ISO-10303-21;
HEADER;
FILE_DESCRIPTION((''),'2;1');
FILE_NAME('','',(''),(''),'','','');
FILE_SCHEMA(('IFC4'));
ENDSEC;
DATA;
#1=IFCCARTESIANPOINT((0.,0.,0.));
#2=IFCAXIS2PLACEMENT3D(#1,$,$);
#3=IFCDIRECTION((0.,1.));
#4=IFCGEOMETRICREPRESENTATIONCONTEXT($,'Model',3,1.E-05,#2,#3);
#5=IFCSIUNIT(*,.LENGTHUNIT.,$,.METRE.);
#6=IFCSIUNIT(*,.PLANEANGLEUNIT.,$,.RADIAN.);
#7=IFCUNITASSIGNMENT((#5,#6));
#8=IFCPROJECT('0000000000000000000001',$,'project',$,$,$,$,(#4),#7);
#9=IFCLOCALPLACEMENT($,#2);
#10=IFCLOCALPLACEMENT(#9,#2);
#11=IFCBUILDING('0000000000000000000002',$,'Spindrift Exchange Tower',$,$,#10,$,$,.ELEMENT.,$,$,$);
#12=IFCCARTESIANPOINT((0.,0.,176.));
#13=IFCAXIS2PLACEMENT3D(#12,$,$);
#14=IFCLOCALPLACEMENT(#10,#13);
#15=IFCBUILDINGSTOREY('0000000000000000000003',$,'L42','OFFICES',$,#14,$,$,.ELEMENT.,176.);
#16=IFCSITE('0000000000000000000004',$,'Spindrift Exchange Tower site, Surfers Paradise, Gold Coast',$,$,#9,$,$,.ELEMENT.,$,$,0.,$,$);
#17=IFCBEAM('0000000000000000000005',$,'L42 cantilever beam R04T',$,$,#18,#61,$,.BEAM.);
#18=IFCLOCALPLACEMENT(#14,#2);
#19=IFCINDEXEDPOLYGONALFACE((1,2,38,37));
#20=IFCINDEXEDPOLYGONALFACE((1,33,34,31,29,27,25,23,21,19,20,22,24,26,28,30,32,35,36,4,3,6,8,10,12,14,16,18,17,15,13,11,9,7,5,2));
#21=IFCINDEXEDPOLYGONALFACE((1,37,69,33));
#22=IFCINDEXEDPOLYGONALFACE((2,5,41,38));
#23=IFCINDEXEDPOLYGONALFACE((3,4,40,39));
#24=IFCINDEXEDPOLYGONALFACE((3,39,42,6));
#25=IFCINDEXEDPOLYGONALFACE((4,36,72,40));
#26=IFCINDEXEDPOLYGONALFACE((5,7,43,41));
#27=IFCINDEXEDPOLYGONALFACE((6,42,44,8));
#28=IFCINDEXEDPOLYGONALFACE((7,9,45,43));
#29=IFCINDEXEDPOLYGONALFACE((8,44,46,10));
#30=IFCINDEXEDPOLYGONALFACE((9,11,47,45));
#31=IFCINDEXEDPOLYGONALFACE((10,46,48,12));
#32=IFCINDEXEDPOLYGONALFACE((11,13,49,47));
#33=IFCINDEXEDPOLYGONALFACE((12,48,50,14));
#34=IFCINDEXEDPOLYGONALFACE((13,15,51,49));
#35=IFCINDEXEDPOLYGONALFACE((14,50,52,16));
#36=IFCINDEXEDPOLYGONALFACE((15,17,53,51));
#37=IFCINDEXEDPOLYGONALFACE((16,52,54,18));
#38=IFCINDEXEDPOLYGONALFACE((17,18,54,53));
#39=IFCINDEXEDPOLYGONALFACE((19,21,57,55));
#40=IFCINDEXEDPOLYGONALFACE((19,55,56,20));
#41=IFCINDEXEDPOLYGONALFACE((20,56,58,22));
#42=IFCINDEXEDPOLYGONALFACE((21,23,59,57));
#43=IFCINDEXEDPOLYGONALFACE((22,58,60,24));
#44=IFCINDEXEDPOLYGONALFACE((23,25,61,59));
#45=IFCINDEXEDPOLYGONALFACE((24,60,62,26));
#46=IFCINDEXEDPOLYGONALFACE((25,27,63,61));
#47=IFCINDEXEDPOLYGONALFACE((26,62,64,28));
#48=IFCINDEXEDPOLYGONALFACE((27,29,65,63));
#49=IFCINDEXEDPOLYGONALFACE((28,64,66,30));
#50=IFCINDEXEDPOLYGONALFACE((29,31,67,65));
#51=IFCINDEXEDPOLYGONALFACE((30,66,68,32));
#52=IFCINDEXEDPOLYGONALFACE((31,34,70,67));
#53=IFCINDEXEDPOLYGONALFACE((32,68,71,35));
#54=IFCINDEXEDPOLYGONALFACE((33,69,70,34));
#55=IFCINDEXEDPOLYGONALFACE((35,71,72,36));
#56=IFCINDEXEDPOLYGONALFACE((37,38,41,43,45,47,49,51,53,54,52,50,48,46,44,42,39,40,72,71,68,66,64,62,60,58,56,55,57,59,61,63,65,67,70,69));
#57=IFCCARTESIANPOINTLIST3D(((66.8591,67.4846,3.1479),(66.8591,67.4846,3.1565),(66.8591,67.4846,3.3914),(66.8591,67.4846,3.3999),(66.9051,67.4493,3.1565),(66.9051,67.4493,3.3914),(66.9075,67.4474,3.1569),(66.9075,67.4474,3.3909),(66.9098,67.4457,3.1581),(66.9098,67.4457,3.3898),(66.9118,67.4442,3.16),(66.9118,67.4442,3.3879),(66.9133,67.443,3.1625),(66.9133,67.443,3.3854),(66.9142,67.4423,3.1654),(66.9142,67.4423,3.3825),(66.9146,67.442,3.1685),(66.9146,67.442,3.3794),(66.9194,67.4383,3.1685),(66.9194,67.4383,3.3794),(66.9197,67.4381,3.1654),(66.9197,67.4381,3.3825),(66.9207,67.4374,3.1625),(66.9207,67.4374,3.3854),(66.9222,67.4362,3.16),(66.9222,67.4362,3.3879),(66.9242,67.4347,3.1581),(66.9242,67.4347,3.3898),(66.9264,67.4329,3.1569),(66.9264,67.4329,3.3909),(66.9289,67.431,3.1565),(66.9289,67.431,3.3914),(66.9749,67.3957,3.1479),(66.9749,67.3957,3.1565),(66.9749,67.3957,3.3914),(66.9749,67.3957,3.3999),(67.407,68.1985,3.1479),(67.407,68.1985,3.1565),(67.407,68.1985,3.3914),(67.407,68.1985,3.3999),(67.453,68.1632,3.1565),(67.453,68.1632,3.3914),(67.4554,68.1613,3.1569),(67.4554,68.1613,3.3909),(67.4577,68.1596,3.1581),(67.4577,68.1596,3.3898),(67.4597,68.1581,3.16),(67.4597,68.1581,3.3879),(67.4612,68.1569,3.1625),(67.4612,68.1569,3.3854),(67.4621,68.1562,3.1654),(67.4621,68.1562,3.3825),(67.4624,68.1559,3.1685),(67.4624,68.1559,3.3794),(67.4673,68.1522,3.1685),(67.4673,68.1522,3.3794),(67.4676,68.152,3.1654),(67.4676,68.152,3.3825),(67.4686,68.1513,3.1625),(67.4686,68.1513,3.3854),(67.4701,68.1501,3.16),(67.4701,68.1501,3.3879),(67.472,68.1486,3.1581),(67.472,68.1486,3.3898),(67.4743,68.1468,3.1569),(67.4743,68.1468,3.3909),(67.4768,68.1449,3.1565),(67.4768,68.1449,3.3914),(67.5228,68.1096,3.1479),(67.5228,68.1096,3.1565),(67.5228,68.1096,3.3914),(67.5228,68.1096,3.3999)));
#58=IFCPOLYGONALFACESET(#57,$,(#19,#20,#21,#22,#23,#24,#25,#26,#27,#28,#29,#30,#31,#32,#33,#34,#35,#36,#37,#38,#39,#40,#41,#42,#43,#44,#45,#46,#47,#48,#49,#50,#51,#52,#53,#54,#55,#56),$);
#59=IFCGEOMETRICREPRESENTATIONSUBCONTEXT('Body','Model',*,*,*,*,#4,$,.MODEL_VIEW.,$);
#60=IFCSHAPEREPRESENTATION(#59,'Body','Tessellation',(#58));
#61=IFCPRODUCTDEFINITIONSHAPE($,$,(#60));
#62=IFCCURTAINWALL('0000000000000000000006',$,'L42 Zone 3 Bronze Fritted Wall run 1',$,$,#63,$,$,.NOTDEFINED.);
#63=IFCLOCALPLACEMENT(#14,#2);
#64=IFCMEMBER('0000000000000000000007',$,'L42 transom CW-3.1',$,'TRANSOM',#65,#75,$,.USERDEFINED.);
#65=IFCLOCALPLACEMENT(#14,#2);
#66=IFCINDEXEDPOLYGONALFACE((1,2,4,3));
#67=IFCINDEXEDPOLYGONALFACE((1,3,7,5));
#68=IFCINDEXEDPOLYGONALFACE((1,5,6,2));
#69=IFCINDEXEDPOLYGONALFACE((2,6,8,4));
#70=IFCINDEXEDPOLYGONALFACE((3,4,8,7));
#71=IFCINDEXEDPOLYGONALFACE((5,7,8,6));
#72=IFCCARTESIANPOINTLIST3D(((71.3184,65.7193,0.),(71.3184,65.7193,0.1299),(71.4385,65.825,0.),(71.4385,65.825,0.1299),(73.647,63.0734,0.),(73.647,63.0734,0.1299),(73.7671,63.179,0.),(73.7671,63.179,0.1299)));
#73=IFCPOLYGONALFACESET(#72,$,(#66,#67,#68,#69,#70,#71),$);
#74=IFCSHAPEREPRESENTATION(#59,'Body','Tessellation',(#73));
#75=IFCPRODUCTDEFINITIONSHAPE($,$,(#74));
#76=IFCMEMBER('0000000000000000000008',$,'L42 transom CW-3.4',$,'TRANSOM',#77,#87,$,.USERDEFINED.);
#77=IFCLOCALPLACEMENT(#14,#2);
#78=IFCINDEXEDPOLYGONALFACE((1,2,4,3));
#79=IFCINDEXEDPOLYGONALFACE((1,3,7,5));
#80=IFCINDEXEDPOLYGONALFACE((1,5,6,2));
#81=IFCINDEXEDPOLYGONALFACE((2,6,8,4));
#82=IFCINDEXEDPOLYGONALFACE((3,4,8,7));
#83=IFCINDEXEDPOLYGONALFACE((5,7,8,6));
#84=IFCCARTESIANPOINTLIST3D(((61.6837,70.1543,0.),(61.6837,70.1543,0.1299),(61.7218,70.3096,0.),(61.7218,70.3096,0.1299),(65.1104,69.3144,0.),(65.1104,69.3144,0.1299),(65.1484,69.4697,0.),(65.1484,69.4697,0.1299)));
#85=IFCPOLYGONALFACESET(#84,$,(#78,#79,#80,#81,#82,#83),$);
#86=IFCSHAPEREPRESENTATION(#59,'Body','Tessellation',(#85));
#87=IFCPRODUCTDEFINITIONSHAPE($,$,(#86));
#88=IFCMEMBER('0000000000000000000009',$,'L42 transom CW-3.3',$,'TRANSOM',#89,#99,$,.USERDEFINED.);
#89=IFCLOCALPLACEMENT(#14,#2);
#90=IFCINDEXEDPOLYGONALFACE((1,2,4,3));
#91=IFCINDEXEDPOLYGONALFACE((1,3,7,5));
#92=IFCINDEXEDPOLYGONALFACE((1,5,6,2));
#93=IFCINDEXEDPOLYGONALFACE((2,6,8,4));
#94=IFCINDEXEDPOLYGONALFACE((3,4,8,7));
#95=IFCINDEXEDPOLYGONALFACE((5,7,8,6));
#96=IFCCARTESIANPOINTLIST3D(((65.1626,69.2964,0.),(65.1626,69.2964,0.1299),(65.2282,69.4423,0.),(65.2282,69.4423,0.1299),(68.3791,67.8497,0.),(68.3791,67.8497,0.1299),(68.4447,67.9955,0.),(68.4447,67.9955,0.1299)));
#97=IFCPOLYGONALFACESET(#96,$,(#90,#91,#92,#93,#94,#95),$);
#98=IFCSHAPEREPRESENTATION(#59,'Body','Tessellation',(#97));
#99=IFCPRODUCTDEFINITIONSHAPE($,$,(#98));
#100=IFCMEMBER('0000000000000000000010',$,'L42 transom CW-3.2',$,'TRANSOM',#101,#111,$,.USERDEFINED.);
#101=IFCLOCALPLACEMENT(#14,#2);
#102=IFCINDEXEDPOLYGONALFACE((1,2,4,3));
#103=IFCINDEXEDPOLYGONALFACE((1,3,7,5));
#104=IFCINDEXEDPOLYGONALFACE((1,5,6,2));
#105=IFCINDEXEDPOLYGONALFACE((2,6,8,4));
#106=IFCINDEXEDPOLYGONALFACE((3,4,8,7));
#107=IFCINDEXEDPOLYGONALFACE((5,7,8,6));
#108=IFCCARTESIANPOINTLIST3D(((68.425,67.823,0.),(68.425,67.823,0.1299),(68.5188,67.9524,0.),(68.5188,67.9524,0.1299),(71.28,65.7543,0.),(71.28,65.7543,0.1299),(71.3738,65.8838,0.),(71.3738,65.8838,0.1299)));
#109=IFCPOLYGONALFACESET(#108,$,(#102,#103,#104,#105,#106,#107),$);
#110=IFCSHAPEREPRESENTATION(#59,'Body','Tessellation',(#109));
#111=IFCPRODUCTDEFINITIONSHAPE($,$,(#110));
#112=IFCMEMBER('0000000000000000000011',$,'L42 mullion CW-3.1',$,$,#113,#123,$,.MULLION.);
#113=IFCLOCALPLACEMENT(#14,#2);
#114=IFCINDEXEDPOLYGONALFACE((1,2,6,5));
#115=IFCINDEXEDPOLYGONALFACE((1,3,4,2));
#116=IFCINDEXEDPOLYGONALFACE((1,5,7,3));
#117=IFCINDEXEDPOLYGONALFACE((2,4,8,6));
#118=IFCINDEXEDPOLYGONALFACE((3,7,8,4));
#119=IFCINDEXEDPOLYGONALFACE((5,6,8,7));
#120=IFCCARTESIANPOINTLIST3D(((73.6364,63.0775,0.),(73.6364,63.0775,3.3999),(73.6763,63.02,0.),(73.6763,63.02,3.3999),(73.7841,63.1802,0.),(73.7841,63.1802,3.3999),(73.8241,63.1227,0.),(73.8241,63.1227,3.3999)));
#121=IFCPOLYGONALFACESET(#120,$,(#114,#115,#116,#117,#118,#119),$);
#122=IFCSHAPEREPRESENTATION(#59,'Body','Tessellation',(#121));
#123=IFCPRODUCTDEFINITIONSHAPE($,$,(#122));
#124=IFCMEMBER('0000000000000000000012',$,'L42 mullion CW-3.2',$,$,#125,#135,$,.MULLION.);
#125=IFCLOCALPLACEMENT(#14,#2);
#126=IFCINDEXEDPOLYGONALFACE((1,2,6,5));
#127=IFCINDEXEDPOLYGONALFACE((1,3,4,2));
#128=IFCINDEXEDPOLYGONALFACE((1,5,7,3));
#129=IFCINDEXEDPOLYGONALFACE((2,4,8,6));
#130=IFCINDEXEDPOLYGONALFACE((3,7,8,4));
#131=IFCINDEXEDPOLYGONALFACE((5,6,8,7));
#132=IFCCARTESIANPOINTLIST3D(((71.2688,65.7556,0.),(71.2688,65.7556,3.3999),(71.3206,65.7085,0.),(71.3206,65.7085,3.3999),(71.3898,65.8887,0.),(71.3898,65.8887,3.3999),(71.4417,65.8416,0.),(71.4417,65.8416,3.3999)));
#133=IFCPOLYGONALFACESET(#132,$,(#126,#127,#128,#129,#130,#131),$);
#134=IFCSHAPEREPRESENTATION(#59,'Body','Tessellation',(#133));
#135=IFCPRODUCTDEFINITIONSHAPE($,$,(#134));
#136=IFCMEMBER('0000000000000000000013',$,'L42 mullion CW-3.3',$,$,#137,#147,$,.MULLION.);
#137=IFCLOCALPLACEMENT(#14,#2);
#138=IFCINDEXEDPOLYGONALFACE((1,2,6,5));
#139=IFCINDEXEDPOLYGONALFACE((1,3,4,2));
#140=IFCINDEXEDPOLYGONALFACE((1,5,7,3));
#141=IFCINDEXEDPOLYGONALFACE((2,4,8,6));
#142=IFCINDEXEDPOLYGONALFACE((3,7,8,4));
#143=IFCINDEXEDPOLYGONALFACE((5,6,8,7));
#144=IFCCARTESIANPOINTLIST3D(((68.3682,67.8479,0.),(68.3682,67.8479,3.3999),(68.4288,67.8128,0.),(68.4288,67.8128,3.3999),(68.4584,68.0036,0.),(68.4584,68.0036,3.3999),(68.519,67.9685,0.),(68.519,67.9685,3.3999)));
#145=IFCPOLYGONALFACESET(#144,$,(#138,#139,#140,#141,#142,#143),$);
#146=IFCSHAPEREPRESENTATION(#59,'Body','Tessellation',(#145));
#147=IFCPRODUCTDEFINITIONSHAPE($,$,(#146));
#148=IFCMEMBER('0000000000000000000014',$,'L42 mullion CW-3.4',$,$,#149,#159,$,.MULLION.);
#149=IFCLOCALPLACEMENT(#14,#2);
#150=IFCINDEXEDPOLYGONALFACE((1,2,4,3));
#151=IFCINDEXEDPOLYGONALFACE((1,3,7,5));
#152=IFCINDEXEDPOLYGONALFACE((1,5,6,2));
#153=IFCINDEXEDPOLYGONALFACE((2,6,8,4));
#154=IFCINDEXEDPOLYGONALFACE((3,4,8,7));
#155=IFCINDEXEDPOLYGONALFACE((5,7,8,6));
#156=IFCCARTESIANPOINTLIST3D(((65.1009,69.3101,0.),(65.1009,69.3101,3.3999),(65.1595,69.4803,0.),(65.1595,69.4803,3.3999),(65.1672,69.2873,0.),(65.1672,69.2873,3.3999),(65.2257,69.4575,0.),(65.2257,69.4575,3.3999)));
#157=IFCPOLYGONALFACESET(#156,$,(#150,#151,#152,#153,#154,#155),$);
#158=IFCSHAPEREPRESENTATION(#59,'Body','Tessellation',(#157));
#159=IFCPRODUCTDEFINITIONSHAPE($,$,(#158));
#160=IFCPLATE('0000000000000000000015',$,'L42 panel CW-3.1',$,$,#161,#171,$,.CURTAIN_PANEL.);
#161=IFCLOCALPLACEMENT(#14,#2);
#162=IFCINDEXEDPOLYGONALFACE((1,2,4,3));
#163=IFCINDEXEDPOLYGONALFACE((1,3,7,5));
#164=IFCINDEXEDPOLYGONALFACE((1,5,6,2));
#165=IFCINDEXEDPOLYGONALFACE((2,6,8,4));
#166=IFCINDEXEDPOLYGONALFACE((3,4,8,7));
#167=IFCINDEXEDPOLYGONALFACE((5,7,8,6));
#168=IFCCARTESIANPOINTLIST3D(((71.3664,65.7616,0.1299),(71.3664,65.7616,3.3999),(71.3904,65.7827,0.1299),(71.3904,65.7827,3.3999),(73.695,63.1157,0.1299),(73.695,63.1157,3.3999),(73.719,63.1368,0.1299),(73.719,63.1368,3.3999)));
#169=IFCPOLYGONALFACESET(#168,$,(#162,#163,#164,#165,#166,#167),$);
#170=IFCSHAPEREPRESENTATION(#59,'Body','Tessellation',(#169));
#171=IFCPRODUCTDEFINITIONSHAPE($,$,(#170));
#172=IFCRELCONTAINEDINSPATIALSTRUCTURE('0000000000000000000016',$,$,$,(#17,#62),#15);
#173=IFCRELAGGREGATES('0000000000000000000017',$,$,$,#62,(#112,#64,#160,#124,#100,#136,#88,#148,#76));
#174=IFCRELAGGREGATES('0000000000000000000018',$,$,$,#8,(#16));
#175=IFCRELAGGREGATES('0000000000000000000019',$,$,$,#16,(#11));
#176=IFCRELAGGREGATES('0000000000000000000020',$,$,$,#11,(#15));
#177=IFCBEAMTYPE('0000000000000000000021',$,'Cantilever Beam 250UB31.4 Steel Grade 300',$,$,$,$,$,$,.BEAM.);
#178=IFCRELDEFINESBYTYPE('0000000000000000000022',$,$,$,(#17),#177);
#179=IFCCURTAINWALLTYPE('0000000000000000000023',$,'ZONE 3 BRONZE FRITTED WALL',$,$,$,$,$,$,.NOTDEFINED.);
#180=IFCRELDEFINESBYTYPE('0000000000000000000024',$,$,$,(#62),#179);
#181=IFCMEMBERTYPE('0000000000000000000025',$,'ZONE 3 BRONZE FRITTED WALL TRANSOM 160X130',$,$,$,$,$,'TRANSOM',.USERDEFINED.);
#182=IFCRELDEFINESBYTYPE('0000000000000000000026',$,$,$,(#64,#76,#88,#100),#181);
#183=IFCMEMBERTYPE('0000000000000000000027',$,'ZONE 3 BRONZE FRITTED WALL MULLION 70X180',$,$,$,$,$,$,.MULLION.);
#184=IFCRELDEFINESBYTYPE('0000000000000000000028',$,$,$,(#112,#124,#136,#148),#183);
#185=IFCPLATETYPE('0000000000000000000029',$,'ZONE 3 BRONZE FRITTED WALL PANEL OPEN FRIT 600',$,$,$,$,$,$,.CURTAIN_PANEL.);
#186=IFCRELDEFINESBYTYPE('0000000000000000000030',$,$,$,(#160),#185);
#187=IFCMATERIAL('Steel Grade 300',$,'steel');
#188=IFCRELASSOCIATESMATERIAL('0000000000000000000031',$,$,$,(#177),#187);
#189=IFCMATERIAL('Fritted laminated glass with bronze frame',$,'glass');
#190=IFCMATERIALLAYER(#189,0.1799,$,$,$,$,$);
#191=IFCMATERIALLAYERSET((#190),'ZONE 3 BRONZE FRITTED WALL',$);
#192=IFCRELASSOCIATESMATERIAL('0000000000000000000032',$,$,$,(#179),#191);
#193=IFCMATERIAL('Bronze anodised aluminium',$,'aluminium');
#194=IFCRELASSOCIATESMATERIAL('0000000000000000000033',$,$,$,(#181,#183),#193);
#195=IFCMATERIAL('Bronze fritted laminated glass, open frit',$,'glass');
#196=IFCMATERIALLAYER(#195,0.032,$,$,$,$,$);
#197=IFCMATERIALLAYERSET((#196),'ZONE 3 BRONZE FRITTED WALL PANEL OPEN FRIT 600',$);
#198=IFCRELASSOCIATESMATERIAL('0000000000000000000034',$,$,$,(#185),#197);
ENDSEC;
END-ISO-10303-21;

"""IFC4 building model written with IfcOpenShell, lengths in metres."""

from ifc_helpers import new_model, si_unit, direction, frame, origin, origin_2d, place, context, subcontext, project, spatial, rectangle, i_section, extrude, source, transform, mapped, material, layer, layer_set, material_profile, profile_set, type_object, element, aggregate, save


model = new_model("IFC4")

# Units and contexts
model_context = context("Model", 3, precision=1e-05, world=origin(), true_north=direction((0.0, 1.0)))
body_context = subcontext(model_context, "Body", "Model", "MODEL_VIEW")
ifc_project = project(units=[si_unit("LENGTHUNIT", "METRE"), si_unit("PLANEANGLEUNIT", "RADIAN")], contexts=[model_context])

# Site, building, storey
site_placement = place(None, origin())
site = spatial("IfcSite", under=ifc_project, at=site_placement, Name="Spindrift Exchange Tower site, Surfers Paradise, Gold Coast", CompositionType="ELEMENT", RefElevation=0.0)
building_placement = place(site_placement, origin())
building = spatial("IfcBuilding", under=site, at=building_placement, Name="Spindrift Exchange Tower", CompositionType="ELEMENT")
storey_placement = place(building_placement, frame((0.0, 0.0, 176.0)))
storey = spatial("IfcBuildingStorey", under=building, at=storey_placement, Name="L42", Description="OFFICES", CompositionType="ELEMENT", Elevation=176.0)

# Beam
ifc_material_1 = material(Name="Steel Grade 300", Category="steel")
ifc_material_profile_1 = material_profile(ifc_material_1, i_section(OverallWidth=0.146, OverallDepth=0.252, WebThickness=0.0061, FlangeThickness=0.0085, FilletRadius=0.012, at=origin_2d()), Name="250UB31.4")
ifc_profile_set_1 = profile_set([ifc_material_profile_1], Name="Steel Grade 300")
beam_type_1 = type_object("IfcBeamType", Name="Cantilever Beam 250UB31.4 Steel Grade 300", PredefinedType="BEAM", material=ifc_profile_set_1)
shared_shape_1 = source(origin(), body_context, "Body", "SweptSolid", [
    extrude(i_section(OverallWidth=0.146, OverallDepth=0.252, WebThickness=0.0061, FlangeThickness=0.0085, FilletRadius=0.012, at=origin_2d()), origin(), (0.0, 0.0, 1.0), 0.8999),
])
beam_1_placement = place(storey_placement, frame((66.917, 67.4402, 3.2739), z_axis=(0.608819, 0.793309, 0.0), x_axis=(-0.793309, 0.608819, 0.0)))
element("IfcBeam", 1, at=beam_1_placement, inside=storey, type_object=beam_type_1, Name="L42 cantilever beam R04T", PredefinedType="BEAM", context=body_context, shape_type="MappedRepresentation", body=[
    mapped(shared_shape_1, transform((0.0, 0.0, 0.0), scale=1.0)),
])

# Curtain wall, members, plate
ifc_material_2 = material(Name="Fritted laminated glass with bronze frame", Category="glass")
ifc_layer_1 = layer(ifc_material_2, 0.1799)
ifc_layer_set_1 = layer_set([ifc_layer_1], Name="ZONE 3 BRONZE FRITTED WALL")
curtain_wall_type = type_object("IfcCurtainWallType", Name="ZONE 3 BRONZE FRITTED WALL", PredefinedType="NOTDEFINED", material=ifc_layer_set_1)
curtain_wall_1_placement = place(storey_placement, origin())
curtain_wall_1 = element("IfcCurtainWall", 2, at=curtain_wall_1_placement, inside=storey, type_object=curtain_wall_type, Name="L42 Zone 3 Bronze Fritted Wall run 1", PredefinedType="NOTDEFINED")
ifc_material_3 = material(Name="Bronze anodised aluminium", Category="aluminium")
ifc_material_profile_2 = material_profile(ifc_material_3, rectangle(XDim=0.1599, YDim=0.1299, at=origin_2d()), Name="ZONE 3 BRONZE FRITTED WALL TRANSOM 160X130")
ifc_profile_set_2 = profile_set([ifc_material_profile_2], Name="Bronze anodised aluminium")
member_type_1 = type_object("IfcMemberType", Name="ZONE 3 BRONZE FRITTED WALL TRANSOM 160X130", ElementType="TRANSOM", PredefinedType="USERDEFINED", material=ifc_profile_set_2)
shared_shape_2 = source(origin(), body_context, "Body", "SweptSolid", [
    extrude(rectangle(XDim=0.1599, YDim=0.1299, at=origin_2d()), origin(), (0.0, 0.0, 1.0), 3.5247),
])
member_1_placement = place(storey_placement, frame((73.707, 63.1262, 0.0649), z_axis=(-0.66065, 0.750694, 0.0), x_axis=(-0.750694, -0.66065, 0.0)))
member_1 = element("IfcMember", 3, at=member_1_placement, type_object=member_type_1, Name="L42 transom CW-3.1", ObjectType="TRANSOM", PredefinedType="USERDEFINED", context=body_context, shape_type="MappedRepresentation", body=[
    mapped(shared_shape_2, transform((0.0, 0.0, 0.0), scale=1.0)),
])
shared_shape_3 = source(origin(), body_context, "Body", "SweptSolid", [
    extrude(rectangle(XDim=0.1599, YDim=0.1299, at=origin_2d()), origin(), (0.0, 0.0, 1.0), 3.5281),
])
member_2_placement = place(storey_placement, frame((65.1294, 69.3921, 0.0649), z_axis=(-0.971256, 0.238039, 0.0), x_axis=(-0.238039, -0.971256, 0.0)))
member_2 = element("IfcMember", 4, at=member_2_placement, type_object=member_type_1, Name="L42 transom CW-3.4", ObjectType="TRANSOM", PredefinedType="USERDEFINED", context=body_context, shape_type="MappedRepresentation", body=[
    mapped(shared_shape_3, transform((0.0, 0.0, 0.0), scale=1.0)),
])
shared_shape_4 = source(origin(), body_context, "Body", "SweptSolid", [
    extrude(rectangle(XDim=0.1599, YDim=0.1299, at=origin_2d()), origin(), (0.0, 0.0, 1.0), 3.5269),
])
member_3_placement = place(storey_placement, frame((68.4119, 67.9226, 0.0649), z_axis=(-0.911993, 0.410206, 0.0), x_axis=(-0.410206, -0.911993, 0.0)))
member_3 = element("IfcMember", 5, at=member_3_placement, type_object=member_type_1, Name="L42 transom CW-3.3", ObjectType="TRANSOM", PredefinedType="USERDEFINED", context=body_context, shape_type="MappedRepresentation", body=[
    mapped(shared_shape_4, transform((0.0, 0.0, 0.0), scale=1.0)),
])
shared_shape_5 = source(origin(), body_context, "Body", "SweptSolid", [
    extrude(rectangle(XDim=0.1599, YDim=0.1299, at=origin_2d()), origin(), (0.0, 0.0, 1.0), 3.5256),
])
member_4_placement = place(storey_placement, frame((71.3269, 65.8191, 0.0649), z_axis=(-0.80978, 0.586734, 0.0), x_axis=(-0.586734, -0.80978, 0.0)))
member_4 = element("IfcMember", 6, at=member_4_placement, type_object=member_type_1, Name="L42 transom CW-3.2", ObjectType="TRANSOM", PredefinedType="USERDEFINED", context=body_context, shape_type="MappedRepresentation", body=[
    mapped(shared_shape_5, transform((0.0, 0.0, 0.0), scale=1.0)),
])
ifc_material_profile_3 = material_profile(ifc_material_3, rectangle(XDim=0.0701, YDim=0.1799, at=origin_2d()), Name="ZONE 3 BRONZE FRITTED WALL MULLION 70X180")
ifc_profile_set_3 = profile_set([ifc_material_profile_3], Name="Bronze anodised aluminium")
member_type_2 = type_object("IfcMemberType", Name="ZONE 3 BRONZE FRITTED WALL MULLION 70X180", PredefinedType="MULLION", material=ifc_profile_set_3)
shared_shape_6 = source(origin(), body_context, "Body", "SweptSolid", [
    extrude(rectangle(XDim=0.0701, YDim=0.1799, at=origin_2d()), origin(), (0.0, 0.0, 1.0), 3.3999),
])
member_5_placement = place(storey_placement, frame((73.7302, 63.1001, 0.0), z_axis=(0.0, 0.0, 1.0), x_axis=(-0.570627, 0.821209, 0.0)))
member_5 = element("IfcMember", 7, at=member_5_placement, type_object=member_type_2, Name="L42 mullion CW-3.1", PredefinedType="MULLION", context=body_context, shape_type="MappedRepresentation", body=[
    mapped(shared_shape_6, transform((0.0, 0.0, 0.0), scale=1.0)),
])
member_6_placement = place(storey_placement, frame((71.3552, 65.7986, 0.0), z_axis=(0.0, 0.0, 1.0), x_axis=(-0.739764, 0.672867, 0.0)))
member_6 = element("IfcMember", 8, at=member_6_placement, type_object=member_type_2, Name="L42 mullion CW-3.2", PredefinedType="MULLION", context=body_context, shape_type="MappedRepresentation", body=[
    mapped(shared_shape_6, transform((0.0, 0.0, 0.0), scale=1.0)),
])
member_7_placement = place(storey_placement, frame((68.4436, 67.9082, 0.0), z_axis=(0.0, 0.0, 1.0), x_axis=(-0.865395, 0.501089, 0.0)))
member_7 = element("IfcMember", 9, at=member_7_placement, type_object=member_type_2, Name="L42 mullion CW-3.3", PredefinedType="MULLION", context=body_context, shape_type="MappedRepresentation", body=[
    mapped(shared_shape_6, transform((0.0, 0.0, 0.0), scale=1.0)),
])
member_8_placement = place(storey_placement, frame((65.1633, 69.3838, 0.0), z_axis=(0.0, 0.0, 1.0), x_axis=(-0.945555, 0.325464, 0.0)))
member_8 = element("IfcMember", 10, at=member_8_placement, type_object=member_type_2, Name="L42 mullion CW-3.4", PredefinedType="MULLION", context=body_context, shape_type="MappedRepresentation", body=[
    mapped(shared_shape_6, transform((0.0, 0.0, 0.0), scale=1.0)),
])
ifc_material_4 = material(Name="Bronze fritted laminated glass, open frit", Category="glass")
ifc_layer_2 = layer(ifc_material_4, 0.032)
ifc_layer_set_2 = layer_set([ifc_layer_2], Name="ZONE 3 BRONZE FRITTED WALL PANEL OPEN FRIT 600")
plate_type_1 = type_object("IfcPlateType", Name="ZONE 3 BRONZE FRITTED WALL PANEL OPEN FRIT 600", PredefinedType="CURTAIN_PANEL", material=ifc_layer_set_2)
shared_shape_7 = source(origin(), body_context, "Body", "SweptSolid", [
    extrude(rectangle(XDim=3.5247, YDim=0.032, at=origin_2d()), origin(), (0.0, 0.0, 1.0), 3.27),
])
plate_1_placement = place(storey_placement, frame((72.5427, 64.4492, 0.1299), z_axis=(0.0, 0.0, 1.0), x_axis=(-0.660662, 0.750683, 0.0)))
plate_1 = element("IfcPlate", 11, at=plate_1_placement, type_object=plate_type_1, Name="L42 panel CW-3.1", PredefinedType="CURTAIN_PANEL", context=body_context, shape_type="MappedRepresentation", body=[
    mapped(shared_shape_7, transform((0.0, 0.0, 0.0), scale=1.0)),
])
aggregate(curtain_wall_1, [member_5, member_1, plate_1, member_6, member_4, member_7, member_3, member_8, member_2])

save(model, "model.ifc")
